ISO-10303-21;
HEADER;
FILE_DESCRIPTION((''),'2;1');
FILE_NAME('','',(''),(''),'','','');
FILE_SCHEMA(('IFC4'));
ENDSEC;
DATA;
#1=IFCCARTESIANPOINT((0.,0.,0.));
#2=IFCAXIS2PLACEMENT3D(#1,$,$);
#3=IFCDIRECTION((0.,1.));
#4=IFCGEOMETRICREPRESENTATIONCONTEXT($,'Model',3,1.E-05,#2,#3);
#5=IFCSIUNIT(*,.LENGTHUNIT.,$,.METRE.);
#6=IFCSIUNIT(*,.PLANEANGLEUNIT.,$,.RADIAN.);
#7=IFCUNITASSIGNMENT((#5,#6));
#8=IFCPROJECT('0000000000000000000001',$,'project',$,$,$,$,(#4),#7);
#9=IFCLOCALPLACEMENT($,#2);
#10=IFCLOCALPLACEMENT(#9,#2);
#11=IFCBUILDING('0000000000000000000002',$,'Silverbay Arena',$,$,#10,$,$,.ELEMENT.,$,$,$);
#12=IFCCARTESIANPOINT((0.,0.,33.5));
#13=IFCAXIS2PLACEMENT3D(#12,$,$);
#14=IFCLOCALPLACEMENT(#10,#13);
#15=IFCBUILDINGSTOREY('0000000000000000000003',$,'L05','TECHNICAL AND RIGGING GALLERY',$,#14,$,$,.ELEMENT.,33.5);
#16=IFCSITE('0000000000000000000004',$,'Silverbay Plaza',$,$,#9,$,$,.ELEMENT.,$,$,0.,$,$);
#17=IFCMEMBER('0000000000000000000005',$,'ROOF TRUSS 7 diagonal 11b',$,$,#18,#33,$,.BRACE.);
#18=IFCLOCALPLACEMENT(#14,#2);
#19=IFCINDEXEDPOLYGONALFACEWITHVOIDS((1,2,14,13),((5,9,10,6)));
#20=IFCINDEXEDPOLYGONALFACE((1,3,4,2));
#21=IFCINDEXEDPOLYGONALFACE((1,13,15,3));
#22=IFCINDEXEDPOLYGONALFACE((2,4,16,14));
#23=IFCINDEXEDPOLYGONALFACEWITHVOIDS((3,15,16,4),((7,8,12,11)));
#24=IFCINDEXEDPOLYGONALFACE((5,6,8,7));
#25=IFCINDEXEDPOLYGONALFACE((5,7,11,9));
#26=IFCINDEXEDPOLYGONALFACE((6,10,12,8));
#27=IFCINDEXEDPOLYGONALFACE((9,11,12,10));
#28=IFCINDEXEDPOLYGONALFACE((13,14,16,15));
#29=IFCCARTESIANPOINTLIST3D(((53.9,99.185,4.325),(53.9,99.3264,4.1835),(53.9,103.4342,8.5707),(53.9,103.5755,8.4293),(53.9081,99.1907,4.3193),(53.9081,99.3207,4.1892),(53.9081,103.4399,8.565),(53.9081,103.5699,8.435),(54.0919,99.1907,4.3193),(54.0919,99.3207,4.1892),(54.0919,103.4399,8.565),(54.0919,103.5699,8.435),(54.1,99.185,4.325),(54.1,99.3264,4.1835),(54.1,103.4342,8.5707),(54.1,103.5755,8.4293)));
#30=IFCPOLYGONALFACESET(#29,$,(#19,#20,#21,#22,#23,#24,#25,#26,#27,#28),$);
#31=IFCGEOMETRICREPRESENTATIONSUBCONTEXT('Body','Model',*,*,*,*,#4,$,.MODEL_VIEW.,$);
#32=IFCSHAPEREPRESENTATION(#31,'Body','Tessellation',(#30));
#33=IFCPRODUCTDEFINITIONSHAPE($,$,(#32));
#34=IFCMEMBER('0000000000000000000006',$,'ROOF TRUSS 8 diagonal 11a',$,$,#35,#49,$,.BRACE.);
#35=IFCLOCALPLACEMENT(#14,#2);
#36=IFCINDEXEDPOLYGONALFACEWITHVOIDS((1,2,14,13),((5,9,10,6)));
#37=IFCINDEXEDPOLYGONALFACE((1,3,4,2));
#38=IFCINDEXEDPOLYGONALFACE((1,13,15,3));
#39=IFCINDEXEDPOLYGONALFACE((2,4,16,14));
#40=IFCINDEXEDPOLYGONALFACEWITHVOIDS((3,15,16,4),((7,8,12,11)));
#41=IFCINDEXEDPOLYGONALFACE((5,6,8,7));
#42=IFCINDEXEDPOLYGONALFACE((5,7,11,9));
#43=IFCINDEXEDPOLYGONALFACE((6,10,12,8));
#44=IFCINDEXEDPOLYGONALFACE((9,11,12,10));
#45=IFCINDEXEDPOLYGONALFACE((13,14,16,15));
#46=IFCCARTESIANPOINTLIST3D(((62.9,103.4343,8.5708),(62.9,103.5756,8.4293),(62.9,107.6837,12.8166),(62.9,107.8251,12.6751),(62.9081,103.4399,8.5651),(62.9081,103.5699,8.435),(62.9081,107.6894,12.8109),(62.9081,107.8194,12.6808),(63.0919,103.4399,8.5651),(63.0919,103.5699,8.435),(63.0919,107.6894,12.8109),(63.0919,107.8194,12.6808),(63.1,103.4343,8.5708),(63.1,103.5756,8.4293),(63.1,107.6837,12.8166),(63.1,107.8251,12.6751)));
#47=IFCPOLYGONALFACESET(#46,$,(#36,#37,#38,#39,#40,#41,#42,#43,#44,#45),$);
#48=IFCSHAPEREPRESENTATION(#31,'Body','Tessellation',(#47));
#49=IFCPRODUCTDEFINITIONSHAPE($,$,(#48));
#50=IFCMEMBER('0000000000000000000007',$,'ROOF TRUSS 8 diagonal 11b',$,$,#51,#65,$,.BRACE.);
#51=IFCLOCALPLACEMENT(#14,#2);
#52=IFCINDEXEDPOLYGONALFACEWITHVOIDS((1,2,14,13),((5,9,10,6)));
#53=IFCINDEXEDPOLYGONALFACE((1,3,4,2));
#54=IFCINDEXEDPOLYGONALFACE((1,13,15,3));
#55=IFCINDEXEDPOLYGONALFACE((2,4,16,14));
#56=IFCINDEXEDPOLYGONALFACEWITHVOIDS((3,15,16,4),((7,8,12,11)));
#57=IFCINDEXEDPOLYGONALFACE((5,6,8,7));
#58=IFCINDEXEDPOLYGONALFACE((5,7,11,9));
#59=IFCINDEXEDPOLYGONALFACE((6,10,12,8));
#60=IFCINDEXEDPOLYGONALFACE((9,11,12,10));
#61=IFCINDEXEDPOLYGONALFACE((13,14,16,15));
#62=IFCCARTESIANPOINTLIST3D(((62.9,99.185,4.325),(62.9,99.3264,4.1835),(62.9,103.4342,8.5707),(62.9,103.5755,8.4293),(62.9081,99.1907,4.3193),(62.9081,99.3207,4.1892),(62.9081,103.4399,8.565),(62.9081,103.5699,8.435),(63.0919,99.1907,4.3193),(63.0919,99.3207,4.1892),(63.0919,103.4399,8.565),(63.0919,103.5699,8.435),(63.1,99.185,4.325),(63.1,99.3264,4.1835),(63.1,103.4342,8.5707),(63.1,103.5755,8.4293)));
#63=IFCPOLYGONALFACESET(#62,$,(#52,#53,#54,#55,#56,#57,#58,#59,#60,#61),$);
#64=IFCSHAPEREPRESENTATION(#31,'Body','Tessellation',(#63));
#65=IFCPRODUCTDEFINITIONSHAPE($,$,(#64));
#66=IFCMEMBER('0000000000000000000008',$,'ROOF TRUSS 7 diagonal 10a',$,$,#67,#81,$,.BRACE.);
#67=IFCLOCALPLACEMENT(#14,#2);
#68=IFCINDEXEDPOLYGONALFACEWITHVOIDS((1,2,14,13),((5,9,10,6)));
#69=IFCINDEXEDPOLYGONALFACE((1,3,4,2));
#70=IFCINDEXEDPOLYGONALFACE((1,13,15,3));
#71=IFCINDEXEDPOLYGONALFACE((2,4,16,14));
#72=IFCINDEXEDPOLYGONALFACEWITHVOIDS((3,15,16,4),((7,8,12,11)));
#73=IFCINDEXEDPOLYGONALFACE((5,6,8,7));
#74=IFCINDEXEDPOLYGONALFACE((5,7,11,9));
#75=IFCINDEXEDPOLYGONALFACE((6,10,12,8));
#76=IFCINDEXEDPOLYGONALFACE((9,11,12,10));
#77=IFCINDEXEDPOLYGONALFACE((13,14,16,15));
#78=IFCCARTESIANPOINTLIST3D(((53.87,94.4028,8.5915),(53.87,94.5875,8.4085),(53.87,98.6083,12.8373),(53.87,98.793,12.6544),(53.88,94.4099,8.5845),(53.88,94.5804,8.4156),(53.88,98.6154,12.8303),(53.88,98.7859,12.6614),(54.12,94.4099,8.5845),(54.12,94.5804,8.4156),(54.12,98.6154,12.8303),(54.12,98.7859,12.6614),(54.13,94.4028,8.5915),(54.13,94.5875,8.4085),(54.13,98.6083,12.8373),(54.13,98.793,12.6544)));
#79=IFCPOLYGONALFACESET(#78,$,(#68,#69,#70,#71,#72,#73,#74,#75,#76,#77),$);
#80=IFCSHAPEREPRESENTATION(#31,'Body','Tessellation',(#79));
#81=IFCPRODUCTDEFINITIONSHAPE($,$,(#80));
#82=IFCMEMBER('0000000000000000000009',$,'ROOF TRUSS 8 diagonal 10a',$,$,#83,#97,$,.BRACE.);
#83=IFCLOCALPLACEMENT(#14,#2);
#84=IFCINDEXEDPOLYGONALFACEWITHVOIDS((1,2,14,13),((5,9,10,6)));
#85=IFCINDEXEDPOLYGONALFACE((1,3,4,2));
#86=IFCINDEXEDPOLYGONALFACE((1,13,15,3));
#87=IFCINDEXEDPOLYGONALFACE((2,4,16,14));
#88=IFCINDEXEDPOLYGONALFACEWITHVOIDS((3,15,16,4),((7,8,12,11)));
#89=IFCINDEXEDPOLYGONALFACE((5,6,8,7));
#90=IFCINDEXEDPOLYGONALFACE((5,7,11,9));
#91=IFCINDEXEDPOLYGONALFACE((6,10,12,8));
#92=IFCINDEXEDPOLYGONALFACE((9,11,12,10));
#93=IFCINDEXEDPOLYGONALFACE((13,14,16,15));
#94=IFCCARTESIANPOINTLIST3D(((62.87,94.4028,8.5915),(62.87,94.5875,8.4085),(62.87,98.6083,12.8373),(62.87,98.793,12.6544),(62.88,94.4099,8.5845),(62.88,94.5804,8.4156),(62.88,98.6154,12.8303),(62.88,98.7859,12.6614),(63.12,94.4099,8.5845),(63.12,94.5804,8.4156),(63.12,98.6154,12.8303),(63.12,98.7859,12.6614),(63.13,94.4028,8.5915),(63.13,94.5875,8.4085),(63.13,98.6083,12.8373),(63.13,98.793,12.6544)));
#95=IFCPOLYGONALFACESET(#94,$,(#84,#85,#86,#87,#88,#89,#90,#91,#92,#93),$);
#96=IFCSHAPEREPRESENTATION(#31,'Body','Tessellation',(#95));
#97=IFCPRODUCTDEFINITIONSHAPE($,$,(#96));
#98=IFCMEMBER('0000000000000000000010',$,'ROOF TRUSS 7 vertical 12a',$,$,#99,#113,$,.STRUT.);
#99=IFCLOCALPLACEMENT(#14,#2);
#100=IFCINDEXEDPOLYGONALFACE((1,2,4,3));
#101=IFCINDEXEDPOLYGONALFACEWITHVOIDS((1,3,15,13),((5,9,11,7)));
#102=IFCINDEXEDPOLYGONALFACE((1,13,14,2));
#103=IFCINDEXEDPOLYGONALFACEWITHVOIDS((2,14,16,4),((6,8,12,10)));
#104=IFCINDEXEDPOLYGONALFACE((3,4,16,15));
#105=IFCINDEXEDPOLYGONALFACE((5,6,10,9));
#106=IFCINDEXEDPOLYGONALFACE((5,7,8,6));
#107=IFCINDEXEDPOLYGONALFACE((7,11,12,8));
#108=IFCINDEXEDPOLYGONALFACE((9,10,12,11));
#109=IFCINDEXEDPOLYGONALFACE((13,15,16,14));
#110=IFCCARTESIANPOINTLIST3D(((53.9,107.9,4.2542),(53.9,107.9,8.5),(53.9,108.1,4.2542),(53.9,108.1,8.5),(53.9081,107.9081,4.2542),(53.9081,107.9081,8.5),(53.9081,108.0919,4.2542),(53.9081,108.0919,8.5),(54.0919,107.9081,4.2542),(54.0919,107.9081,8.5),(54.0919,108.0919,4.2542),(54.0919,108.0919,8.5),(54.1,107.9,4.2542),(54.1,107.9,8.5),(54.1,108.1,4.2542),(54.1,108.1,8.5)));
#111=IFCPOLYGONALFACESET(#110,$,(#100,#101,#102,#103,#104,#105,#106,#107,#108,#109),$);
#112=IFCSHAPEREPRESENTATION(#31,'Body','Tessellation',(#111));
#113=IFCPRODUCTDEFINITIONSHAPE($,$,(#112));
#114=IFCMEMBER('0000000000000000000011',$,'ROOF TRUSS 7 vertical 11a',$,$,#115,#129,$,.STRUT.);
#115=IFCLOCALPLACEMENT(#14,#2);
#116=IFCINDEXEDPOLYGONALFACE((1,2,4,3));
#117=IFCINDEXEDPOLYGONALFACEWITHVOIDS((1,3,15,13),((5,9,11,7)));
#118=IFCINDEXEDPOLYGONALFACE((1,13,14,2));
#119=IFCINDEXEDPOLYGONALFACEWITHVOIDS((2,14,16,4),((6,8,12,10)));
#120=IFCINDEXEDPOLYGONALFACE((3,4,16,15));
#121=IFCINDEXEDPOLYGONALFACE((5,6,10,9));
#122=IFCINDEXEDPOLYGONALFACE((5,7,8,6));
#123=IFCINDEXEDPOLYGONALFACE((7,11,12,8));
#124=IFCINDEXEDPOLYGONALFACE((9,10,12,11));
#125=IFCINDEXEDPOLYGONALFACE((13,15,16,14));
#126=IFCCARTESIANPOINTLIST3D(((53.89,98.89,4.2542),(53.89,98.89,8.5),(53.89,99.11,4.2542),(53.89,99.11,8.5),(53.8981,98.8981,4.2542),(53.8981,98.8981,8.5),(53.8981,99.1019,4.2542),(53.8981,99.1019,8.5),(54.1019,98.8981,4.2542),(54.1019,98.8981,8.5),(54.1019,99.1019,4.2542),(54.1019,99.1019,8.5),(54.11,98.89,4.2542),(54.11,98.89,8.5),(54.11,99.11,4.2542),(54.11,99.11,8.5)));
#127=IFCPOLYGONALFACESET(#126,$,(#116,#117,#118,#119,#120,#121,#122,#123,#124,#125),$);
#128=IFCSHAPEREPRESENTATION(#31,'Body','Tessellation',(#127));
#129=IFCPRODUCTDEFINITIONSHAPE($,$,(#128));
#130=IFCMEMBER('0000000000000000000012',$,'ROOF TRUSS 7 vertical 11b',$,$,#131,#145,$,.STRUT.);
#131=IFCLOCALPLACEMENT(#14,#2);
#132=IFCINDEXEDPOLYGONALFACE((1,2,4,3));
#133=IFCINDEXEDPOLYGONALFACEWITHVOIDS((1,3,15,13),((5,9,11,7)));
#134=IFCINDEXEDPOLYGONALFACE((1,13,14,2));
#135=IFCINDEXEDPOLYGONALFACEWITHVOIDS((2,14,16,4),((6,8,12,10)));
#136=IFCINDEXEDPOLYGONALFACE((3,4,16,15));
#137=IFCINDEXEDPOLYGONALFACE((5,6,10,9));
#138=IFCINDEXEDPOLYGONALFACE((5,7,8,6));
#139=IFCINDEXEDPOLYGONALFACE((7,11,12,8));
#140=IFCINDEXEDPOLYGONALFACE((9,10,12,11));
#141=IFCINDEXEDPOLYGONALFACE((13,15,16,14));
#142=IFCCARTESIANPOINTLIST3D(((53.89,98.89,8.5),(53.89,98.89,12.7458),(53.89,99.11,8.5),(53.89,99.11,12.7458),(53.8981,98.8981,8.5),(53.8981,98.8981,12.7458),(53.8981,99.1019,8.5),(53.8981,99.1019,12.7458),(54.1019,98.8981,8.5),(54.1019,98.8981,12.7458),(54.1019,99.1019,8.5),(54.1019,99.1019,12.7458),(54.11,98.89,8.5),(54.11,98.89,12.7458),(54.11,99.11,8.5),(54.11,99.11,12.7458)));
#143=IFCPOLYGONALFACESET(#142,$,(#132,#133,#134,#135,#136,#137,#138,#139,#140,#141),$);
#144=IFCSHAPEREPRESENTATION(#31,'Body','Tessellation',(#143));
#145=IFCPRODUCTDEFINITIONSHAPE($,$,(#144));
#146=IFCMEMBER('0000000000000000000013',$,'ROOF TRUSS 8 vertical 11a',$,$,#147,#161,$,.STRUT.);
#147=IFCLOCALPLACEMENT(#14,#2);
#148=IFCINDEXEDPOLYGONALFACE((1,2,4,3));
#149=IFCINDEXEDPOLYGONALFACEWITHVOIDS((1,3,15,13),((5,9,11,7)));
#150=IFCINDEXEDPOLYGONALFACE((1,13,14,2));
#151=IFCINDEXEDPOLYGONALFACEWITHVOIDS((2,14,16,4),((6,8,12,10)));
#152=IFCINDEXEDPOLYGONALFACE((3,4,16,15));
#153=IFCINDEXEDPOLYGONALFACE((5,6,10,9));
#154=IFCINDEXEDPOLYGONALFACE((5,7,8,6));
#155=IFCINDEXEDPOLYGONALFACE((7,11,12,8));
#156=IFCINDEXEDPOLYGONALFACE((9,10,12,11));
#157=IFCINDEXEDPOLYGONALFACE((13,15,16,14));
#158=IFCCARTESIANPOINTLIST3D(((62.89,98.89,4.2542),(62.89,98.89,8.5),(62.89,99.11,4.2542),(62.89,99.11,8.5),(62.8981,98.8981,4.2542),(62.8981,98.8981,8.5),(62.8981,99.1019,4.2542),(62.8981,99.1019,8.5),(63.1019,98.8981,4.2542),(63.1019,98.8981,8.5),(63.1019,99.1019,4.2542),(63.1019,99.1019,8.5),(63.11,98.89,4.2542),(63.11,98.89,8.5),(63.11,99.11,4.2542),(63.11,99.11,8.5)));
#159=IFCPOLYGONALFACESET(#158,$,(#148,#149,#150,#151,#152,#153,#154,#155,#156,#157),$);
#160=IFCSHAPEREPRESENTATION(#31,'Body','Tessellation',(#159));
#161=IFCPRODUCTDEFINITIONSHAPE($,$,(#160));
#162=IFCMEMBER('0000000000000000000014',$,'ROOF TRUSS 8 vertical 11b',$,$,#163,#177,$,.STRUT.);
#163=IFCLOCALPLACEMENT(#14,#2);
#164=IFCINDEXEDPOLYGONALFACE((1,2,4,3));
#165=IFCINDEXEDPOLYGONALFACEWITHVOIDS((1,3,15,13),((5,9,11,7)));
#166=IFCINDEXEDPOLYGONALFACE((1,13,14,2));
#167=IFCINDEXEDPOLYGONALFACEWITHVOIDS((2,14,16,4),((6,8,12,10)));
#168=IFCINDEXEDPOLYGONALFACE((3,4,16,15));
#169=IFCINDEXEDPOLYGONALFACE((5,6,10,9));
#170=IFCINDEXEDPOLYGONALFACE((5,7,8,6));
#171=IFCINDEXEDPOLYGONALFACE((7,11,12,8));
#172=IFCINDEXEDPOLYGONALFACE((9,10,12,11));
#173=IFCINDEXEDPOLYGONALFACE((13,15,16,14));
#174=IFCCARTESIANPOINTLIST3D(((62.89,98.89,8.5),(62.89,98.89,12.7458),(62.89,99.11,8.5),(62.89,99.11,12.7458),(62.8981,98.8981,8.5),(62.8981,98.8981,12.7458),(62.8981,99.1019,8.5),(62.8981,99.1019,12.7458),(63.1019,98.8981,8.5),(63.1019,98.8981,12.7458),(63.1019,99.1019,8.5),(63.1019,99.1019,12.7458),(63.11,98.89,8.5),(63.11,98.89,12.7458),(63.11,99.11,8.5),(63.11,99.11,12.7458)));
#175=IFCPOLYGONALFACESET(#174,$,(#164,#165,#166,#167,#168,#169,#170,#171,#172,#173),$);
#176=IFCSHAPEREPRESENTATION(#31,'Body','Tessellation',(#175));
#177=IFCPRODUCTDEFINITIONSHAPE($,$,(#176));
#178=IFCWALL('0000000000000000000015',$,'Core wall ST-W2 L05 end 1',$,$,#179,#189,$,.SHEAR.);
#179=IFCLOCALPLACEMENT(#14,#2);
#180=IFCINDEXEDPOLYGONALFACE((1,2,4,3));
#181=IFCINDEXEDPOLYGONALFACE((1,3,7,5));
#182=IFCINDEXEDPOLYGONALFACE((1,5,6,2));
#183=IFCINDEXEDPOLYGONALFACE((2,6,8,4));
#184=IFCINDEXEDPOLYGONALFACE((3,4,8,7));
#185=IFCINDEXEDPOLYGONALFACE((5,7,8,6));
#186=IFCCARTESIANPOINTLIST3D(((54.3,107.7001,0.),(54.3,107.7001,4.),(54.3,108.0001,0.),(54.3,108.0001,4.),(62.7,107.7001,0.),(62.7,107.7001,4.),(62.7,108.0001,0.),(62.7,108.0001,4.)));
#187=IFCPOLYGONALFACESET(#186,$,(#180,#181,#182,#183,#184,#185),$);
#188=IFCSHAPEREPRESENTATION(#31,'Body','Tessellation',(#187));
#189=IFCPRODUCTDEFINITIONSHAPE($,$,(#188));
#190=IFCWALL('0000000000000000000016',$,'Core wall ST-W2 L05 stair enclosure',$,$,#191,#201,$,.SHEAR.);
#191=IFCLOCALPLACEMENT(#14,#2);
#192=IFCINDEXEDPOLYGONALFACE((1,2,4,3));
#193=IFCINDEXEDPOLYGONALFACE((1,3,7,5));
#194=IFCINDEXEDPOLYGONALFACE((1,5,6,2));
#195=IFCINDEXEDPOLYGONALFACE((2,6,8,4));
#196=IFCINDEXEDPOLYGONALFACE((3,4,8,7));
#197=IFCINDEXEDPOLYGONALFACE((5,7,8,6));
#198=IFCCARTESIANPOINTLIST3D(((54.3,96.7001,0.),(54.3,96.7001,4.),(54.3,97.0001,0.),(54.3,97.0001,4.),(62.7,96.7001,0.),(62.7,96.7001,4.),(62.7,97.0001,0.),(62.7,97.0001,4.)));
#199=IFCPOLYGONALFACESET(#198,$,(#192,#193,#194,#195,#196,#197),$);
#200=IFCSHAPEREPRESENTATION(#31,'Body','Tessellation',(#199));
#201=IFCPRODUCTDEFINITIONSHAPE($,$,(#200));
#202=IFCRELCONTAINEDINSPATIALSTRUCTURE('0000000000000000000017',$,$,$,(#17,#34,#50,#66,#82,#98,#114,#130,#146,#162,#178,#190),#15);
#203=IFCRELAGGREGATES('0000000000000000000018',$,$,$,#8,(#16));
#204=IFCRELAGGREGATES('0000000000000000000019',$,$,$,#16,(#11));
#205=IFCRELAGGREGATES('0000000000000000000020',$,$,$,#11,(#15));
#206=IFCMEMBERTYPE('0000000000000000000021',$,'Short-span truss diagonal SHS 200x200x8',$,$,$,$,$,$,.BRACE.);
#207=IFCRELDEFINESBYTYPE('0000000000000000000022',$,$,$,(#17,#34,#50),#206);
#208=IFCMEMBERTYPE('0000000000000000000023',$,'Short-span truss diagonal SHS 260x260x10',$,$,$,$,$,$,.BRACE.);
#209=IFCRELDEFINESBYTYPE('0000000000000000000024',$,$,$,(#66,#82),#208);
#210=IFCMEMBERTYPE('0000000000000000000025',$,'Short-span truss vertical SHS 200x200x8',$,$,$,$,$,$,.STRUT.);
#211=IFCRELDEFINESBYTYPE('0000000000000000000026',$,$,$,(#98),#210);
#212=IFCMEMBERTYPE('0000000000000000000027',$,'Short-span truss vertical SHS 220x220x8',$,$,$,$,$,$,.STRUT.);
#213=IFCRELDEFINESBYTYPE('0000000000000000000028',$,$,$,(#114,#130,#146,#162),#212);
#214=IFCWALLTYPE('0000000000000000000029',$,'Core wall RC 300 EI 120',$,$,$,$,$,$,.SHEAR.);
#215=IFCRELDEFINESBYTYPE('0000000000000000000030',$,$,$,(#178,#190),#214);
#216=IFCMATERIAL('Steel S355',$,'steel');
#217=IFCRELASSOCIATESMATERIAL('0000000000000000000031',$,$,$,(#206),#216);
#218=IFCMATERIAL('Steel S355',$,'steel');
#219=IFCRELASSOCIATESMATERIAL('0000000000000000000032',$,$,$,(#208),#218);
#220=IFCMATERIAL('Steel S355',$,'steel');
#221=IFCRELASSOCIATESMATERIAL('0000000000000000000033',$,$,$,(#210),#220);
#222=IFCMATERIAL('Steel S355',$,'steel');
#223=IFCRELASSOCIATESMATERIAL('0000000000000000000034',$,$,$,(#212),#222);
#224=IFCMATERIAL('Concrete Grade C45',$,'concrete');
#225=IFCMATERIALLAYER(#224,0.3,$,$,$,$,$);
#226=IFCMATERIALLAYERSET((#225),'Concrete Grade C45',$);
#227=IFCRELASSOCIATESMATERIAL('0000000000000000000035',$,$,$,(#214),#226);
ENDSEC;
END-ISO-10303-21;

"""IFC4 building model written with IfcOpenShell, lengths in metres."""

from ifc_helpers import new_model, si_unit, direction, frame, frame_2d, origin, origin_2d, place, context, subcontext, project, spatial, rectangle, hollow_rectangle, extrude, material, layer, layer_set, material_profile, profile_set, type_object, element, save


model = new_model("IFC4")

# Units and contexts
model_context = context("Model", 3, precision=1e-05, world=origin(), true_north=direction((0.0, 1.0)))
body_context = subcontext(model_context, "Body", "Model", "MODEL_VIEW")
ifc_project = project(units=[si_unit("LENGTHUNIT", "METRE"), si_unit("PLANEANGLEUNIT", "RADIAN")], contexts=[model_context])

# Site, building, storey
site_placement = place(None, origin())
site = spatial("IfcSite", under=ifc_project, at=site_placement, Name="Silverbay Plaza", CompositionType="ELEMENT", RefElevation=0.0)
building_placement = place(site_placement, origin())
building = spatial("IfcBuilding", under=site, at=building_placement, Name="Silverbay Arena", CompositionType="ELEMENT")
storey_placement = place(building_placement, frame((0.0, 0.0, 33.5)))
storey = spatial("IfcBuildingStorey", under=building, at=storey_placement, Name="L05", Description="TECHNICAL AND RIGGING GALLERY", CompositionType="ELEMENT", Elevation=33.5)

# Members
ifc_material_1 = material(Name="Steel S355", Category="steel")
ifc_material_profile_1 = material_profile(ifc_material_1, hollow_rectangle(XDim=0.2, YDim=0.2, WallThickness=0.0081, at=origin_2d()), Name="SHS 200x200x8")
ifc_profile_set_1 = profile_set([ifc_material_profile_1], Name="Steel S355")
member_type_1 = type_object("IfcMemberType", Name="Short-span truss diagonal SHS 200x200x8", PredefinedType="BRACE", material=ifc_profile_set_1)
member_1_placement = place(storey_placement, frame((54.0, 103.5049, 8.5), z_axis=(0.0, -0.707391, -0.706822), x_axis=(1.0, 0.0, 0.0)))
element("IfcMember", 1, at=member_1_placement, inside=storey, type_object=member_type_1, Name="ROOF TRUSS 7 diagonal 11b", PredefinedType="BRACE", context=body_context, shape_type="SweptSolid", body=[
    extrude(hollow_rectangle(XDim=0.2, YDim=0.2, WallThickness=0.0081, at=origin_2d()), origin(), (0.0, 0.0, 1.0), 6.0068),
])
member_2_placement = place(storey_placement, frame((63.0, 107.7544, 12.7458), z_axis=(0.0, -0.707412, -0.706802), x_axis=(1.0, 0.0, 0.0)))
element("IfcMember", 2, at=member_2_placement, inside=storey, type_object=member_type_1, Name="ROOF TRUSS 8 diagonal 11a", PredefinedType="BRACE", context=body_context, shape_type="SweptSolid", body=[
    extrude(hollow_rectangle(XDim=0.2, YDim=0.2, WallThickness=0.0081, at=origin_2d()), origin(), (0.0, 0.0, 1.0), 6.0071),
])
member_3_placement = place(storey_placement, frame((63.0, 103.5049, 8.5), z_axis=(0.0, -0.707391, -0.706822), x_axis=(1.0, 0.0, 0.0)))
element("IfcMember", 3, at=member_3_placement, inside=storey, type_object=member_type_1, Name="ROOF TRUSS 8 diagonal 11b", PredefinedType="BRACE", context=body_context, shape_type="SweptSolid", body=[
    extrude(hollow_rectangle(XDim=0.2, YDim=0.2, WallThickness=0.0081, at=origin_2d()), origin(), (0.0, 0.0, 1.0), 6.0068),
])
ifc_material_2 = material(Name="Steel S355", Category="steel")
ifc_material_profile_2 = material_profile(ifc_material_2, hollow_rectangle(XDim=0.26, YDim=0.26, WallThickness=0.01, at=origin_2d()), Name="SHS 260x260x10")
ifc_profile_set_2 = profile_set([ifc_material_profile_2], Name="Steel S355")
member_type_2 = type_object("IfcMemberType", Name="Short-span truss diagonal SHS 260x260x10", PredefinedType="BRACE", material=ifc_profile_set_2)
for number, where, z_axis, x_axis, name in (
    (4, (54.0, 98.7007, 12.7458), (0.0, -0.703728, -0.710469), (1.0, 0.0, 0.0), "ROOF TRUSS 7 diagonal 10a"),
    (5, (63.0, 98.7007, 12.7458), (0.0, -0.703728, -0.710469), (1.0, 0.0, 0.0), "ROOF TRUSS 8 diagonal 10a"),
):
    element("IfcMember", number, at=place(storey_placement, frame(where, z_axis=z_axis, x_axis=x_axis)), inside=storey, type_object=member_type_2, Name=name, PredefinedType="BRACE", context=body_context, shape_type="SweptSolid", body=[
        extrude(hollow_rectangle(XDim=0.26, YDim=0.26, WallThickness=0.01, at=origin_2d()), origin(), (0.0, 0.0, 1.0), 5.9761),
    ])
ifc_material_3 = material(Name="Steel S355", Category="steel")
ifc_material_profile_3 = material_profile(ifc_material_3, hollow_rectangle(XDim=0.2, YDim=0.2, WallThickness=0.0081, at=origin_2d()), Name="SHS 200x200x8")
ifc_profile_set_3 = profile_set([ifc_material_profile_3], Name="Steel S355")
member_type_3 = type_object("IfcMemberType", Name="Short-span truss vertical SHS 200x200x8", PredefinedType="STRUT", material=ifc_profile_set_3)
member_4_placement = place(storey_placement, frame((54.0, 108.0, 4.2542), z_axis=(0.0, 0.0, 1.0), x_axis=(1.0, 0.0, 0.0)))
element("IfcMember", 6, at=member_4_placement, inside=storey, type_object=member_type_3, Name="ROOF TRUSS 7 vertical 12a", PredefinedType="STRUT", context=body_context, shape_type="SweptSolid", body=[
    extrude(hollow_rectangle(XDim=0.2, YDim=0.2, WallThickness=0.0081, at=origin_2d()), origin(), (0.0, 0.0, 1.0), 4.2458),
])
ifc_material_4 = material(Name="Steel S355", Category="steel")
ifc_material_profile_4 = material_profile(ifc_material_4, hollow_rectangle(XDim=0.22, YDim=0.22, WallThickness=0.0081, at=origin_2d()), Name="SHS 220x220x8")
ifc_profile_set_4 = profile_set([ifc_material_profile_4], Name="Steel S355")
member_type_4 = type_object("IfcMemberType", Name="Short-span truss vertical SHS 220x220x8", PredefinedType="STRUT", material=ifc_profile_set_4)
for number, where, z_axis, x_axis, name in (
    (7, (54.0, 99.0, 4.2542), (0.0, 0.0, 1.0), (1.0, 0.0, 0.0), "ROOF TRUSS 7 vertical 11a"),
    (8, (54.0, 99.0, 8.5), (0.0, 0.0, 1.0), (1.0, 0.0, 0.0), "ROOF TRUSS 7 vertical 11b"),
    (9, (63.0, 99.0, 4.2542), (0.0, 0.0, 1.0), (1.0, 0.0, 0.0), "ROOF TRUSS 8 vertical 11a"),
    (10, (63.0, 99.0, 8.5), (0.0, 0.0, 1.0), (1.0, 0.0, 0.0), "ROOF TRUSS 8 vertical 11b"),
):
    element("IfcMember", number, at=place(storey_placement, frame(where, z_axis=z_axis, x_axis=x_axis)), inside=storey, type_object=member_type_4, Name=name, PredefinedType="STRUT", context=body_context, shape_type="SweptSolid", body=[
        extrude(hollow_rectangle(XDim=0.22, YDim=0.22, WallThickness=0.0081, at=origin_2d()), origin(), (0.0, 0.0, 1.0), 4.2458),
    ])

# Walls
ifc_material_5 = material(Name="Concrete Grade C45", Category="concrete")
ifc_layer = layer(ifc_material_5, 0.3)
ifc_layer_set = layer_set([ifc_layer], Name="Concrete Grade C45")
wall_type = type_object("IfcWallType", Name="Core wall RC 300 EI 120", PredefinedType="SHEAR", material=ifc_layer_set)
for number, where, z_axis, x_axis, name in (
    (11, (62.7, 107.8501, 0.0), (0.0, 0.0, 1.0), (-1.0, 0.0, 0.0), "Core wall ST-W2 L05 end 1"),
    (12, (62.7, 96.8501, 0.0), (0.0, 0.0, 1.0), (-1.0, 0.0, 0.0), "Core wall ST-W2 L05 stair enclosure"),
):
    element("IfcWall", number, at=place(storey_placement, frame(where, z_axis=z_axis, x_axis=x_axis)), inside=storey, type_object=wall_type, Name=name, PredefinedType="SHEAR", context=body_context, shape_type="SweptSolid", body=[
        extrude(rectangle(XDim=8.3999, YDim=0.3, at=frame_2d((4.2, 0.0))), origin(), (0.0, 0.0, 1.0), 4.0),
    ])

save(model, "model.ifc")
